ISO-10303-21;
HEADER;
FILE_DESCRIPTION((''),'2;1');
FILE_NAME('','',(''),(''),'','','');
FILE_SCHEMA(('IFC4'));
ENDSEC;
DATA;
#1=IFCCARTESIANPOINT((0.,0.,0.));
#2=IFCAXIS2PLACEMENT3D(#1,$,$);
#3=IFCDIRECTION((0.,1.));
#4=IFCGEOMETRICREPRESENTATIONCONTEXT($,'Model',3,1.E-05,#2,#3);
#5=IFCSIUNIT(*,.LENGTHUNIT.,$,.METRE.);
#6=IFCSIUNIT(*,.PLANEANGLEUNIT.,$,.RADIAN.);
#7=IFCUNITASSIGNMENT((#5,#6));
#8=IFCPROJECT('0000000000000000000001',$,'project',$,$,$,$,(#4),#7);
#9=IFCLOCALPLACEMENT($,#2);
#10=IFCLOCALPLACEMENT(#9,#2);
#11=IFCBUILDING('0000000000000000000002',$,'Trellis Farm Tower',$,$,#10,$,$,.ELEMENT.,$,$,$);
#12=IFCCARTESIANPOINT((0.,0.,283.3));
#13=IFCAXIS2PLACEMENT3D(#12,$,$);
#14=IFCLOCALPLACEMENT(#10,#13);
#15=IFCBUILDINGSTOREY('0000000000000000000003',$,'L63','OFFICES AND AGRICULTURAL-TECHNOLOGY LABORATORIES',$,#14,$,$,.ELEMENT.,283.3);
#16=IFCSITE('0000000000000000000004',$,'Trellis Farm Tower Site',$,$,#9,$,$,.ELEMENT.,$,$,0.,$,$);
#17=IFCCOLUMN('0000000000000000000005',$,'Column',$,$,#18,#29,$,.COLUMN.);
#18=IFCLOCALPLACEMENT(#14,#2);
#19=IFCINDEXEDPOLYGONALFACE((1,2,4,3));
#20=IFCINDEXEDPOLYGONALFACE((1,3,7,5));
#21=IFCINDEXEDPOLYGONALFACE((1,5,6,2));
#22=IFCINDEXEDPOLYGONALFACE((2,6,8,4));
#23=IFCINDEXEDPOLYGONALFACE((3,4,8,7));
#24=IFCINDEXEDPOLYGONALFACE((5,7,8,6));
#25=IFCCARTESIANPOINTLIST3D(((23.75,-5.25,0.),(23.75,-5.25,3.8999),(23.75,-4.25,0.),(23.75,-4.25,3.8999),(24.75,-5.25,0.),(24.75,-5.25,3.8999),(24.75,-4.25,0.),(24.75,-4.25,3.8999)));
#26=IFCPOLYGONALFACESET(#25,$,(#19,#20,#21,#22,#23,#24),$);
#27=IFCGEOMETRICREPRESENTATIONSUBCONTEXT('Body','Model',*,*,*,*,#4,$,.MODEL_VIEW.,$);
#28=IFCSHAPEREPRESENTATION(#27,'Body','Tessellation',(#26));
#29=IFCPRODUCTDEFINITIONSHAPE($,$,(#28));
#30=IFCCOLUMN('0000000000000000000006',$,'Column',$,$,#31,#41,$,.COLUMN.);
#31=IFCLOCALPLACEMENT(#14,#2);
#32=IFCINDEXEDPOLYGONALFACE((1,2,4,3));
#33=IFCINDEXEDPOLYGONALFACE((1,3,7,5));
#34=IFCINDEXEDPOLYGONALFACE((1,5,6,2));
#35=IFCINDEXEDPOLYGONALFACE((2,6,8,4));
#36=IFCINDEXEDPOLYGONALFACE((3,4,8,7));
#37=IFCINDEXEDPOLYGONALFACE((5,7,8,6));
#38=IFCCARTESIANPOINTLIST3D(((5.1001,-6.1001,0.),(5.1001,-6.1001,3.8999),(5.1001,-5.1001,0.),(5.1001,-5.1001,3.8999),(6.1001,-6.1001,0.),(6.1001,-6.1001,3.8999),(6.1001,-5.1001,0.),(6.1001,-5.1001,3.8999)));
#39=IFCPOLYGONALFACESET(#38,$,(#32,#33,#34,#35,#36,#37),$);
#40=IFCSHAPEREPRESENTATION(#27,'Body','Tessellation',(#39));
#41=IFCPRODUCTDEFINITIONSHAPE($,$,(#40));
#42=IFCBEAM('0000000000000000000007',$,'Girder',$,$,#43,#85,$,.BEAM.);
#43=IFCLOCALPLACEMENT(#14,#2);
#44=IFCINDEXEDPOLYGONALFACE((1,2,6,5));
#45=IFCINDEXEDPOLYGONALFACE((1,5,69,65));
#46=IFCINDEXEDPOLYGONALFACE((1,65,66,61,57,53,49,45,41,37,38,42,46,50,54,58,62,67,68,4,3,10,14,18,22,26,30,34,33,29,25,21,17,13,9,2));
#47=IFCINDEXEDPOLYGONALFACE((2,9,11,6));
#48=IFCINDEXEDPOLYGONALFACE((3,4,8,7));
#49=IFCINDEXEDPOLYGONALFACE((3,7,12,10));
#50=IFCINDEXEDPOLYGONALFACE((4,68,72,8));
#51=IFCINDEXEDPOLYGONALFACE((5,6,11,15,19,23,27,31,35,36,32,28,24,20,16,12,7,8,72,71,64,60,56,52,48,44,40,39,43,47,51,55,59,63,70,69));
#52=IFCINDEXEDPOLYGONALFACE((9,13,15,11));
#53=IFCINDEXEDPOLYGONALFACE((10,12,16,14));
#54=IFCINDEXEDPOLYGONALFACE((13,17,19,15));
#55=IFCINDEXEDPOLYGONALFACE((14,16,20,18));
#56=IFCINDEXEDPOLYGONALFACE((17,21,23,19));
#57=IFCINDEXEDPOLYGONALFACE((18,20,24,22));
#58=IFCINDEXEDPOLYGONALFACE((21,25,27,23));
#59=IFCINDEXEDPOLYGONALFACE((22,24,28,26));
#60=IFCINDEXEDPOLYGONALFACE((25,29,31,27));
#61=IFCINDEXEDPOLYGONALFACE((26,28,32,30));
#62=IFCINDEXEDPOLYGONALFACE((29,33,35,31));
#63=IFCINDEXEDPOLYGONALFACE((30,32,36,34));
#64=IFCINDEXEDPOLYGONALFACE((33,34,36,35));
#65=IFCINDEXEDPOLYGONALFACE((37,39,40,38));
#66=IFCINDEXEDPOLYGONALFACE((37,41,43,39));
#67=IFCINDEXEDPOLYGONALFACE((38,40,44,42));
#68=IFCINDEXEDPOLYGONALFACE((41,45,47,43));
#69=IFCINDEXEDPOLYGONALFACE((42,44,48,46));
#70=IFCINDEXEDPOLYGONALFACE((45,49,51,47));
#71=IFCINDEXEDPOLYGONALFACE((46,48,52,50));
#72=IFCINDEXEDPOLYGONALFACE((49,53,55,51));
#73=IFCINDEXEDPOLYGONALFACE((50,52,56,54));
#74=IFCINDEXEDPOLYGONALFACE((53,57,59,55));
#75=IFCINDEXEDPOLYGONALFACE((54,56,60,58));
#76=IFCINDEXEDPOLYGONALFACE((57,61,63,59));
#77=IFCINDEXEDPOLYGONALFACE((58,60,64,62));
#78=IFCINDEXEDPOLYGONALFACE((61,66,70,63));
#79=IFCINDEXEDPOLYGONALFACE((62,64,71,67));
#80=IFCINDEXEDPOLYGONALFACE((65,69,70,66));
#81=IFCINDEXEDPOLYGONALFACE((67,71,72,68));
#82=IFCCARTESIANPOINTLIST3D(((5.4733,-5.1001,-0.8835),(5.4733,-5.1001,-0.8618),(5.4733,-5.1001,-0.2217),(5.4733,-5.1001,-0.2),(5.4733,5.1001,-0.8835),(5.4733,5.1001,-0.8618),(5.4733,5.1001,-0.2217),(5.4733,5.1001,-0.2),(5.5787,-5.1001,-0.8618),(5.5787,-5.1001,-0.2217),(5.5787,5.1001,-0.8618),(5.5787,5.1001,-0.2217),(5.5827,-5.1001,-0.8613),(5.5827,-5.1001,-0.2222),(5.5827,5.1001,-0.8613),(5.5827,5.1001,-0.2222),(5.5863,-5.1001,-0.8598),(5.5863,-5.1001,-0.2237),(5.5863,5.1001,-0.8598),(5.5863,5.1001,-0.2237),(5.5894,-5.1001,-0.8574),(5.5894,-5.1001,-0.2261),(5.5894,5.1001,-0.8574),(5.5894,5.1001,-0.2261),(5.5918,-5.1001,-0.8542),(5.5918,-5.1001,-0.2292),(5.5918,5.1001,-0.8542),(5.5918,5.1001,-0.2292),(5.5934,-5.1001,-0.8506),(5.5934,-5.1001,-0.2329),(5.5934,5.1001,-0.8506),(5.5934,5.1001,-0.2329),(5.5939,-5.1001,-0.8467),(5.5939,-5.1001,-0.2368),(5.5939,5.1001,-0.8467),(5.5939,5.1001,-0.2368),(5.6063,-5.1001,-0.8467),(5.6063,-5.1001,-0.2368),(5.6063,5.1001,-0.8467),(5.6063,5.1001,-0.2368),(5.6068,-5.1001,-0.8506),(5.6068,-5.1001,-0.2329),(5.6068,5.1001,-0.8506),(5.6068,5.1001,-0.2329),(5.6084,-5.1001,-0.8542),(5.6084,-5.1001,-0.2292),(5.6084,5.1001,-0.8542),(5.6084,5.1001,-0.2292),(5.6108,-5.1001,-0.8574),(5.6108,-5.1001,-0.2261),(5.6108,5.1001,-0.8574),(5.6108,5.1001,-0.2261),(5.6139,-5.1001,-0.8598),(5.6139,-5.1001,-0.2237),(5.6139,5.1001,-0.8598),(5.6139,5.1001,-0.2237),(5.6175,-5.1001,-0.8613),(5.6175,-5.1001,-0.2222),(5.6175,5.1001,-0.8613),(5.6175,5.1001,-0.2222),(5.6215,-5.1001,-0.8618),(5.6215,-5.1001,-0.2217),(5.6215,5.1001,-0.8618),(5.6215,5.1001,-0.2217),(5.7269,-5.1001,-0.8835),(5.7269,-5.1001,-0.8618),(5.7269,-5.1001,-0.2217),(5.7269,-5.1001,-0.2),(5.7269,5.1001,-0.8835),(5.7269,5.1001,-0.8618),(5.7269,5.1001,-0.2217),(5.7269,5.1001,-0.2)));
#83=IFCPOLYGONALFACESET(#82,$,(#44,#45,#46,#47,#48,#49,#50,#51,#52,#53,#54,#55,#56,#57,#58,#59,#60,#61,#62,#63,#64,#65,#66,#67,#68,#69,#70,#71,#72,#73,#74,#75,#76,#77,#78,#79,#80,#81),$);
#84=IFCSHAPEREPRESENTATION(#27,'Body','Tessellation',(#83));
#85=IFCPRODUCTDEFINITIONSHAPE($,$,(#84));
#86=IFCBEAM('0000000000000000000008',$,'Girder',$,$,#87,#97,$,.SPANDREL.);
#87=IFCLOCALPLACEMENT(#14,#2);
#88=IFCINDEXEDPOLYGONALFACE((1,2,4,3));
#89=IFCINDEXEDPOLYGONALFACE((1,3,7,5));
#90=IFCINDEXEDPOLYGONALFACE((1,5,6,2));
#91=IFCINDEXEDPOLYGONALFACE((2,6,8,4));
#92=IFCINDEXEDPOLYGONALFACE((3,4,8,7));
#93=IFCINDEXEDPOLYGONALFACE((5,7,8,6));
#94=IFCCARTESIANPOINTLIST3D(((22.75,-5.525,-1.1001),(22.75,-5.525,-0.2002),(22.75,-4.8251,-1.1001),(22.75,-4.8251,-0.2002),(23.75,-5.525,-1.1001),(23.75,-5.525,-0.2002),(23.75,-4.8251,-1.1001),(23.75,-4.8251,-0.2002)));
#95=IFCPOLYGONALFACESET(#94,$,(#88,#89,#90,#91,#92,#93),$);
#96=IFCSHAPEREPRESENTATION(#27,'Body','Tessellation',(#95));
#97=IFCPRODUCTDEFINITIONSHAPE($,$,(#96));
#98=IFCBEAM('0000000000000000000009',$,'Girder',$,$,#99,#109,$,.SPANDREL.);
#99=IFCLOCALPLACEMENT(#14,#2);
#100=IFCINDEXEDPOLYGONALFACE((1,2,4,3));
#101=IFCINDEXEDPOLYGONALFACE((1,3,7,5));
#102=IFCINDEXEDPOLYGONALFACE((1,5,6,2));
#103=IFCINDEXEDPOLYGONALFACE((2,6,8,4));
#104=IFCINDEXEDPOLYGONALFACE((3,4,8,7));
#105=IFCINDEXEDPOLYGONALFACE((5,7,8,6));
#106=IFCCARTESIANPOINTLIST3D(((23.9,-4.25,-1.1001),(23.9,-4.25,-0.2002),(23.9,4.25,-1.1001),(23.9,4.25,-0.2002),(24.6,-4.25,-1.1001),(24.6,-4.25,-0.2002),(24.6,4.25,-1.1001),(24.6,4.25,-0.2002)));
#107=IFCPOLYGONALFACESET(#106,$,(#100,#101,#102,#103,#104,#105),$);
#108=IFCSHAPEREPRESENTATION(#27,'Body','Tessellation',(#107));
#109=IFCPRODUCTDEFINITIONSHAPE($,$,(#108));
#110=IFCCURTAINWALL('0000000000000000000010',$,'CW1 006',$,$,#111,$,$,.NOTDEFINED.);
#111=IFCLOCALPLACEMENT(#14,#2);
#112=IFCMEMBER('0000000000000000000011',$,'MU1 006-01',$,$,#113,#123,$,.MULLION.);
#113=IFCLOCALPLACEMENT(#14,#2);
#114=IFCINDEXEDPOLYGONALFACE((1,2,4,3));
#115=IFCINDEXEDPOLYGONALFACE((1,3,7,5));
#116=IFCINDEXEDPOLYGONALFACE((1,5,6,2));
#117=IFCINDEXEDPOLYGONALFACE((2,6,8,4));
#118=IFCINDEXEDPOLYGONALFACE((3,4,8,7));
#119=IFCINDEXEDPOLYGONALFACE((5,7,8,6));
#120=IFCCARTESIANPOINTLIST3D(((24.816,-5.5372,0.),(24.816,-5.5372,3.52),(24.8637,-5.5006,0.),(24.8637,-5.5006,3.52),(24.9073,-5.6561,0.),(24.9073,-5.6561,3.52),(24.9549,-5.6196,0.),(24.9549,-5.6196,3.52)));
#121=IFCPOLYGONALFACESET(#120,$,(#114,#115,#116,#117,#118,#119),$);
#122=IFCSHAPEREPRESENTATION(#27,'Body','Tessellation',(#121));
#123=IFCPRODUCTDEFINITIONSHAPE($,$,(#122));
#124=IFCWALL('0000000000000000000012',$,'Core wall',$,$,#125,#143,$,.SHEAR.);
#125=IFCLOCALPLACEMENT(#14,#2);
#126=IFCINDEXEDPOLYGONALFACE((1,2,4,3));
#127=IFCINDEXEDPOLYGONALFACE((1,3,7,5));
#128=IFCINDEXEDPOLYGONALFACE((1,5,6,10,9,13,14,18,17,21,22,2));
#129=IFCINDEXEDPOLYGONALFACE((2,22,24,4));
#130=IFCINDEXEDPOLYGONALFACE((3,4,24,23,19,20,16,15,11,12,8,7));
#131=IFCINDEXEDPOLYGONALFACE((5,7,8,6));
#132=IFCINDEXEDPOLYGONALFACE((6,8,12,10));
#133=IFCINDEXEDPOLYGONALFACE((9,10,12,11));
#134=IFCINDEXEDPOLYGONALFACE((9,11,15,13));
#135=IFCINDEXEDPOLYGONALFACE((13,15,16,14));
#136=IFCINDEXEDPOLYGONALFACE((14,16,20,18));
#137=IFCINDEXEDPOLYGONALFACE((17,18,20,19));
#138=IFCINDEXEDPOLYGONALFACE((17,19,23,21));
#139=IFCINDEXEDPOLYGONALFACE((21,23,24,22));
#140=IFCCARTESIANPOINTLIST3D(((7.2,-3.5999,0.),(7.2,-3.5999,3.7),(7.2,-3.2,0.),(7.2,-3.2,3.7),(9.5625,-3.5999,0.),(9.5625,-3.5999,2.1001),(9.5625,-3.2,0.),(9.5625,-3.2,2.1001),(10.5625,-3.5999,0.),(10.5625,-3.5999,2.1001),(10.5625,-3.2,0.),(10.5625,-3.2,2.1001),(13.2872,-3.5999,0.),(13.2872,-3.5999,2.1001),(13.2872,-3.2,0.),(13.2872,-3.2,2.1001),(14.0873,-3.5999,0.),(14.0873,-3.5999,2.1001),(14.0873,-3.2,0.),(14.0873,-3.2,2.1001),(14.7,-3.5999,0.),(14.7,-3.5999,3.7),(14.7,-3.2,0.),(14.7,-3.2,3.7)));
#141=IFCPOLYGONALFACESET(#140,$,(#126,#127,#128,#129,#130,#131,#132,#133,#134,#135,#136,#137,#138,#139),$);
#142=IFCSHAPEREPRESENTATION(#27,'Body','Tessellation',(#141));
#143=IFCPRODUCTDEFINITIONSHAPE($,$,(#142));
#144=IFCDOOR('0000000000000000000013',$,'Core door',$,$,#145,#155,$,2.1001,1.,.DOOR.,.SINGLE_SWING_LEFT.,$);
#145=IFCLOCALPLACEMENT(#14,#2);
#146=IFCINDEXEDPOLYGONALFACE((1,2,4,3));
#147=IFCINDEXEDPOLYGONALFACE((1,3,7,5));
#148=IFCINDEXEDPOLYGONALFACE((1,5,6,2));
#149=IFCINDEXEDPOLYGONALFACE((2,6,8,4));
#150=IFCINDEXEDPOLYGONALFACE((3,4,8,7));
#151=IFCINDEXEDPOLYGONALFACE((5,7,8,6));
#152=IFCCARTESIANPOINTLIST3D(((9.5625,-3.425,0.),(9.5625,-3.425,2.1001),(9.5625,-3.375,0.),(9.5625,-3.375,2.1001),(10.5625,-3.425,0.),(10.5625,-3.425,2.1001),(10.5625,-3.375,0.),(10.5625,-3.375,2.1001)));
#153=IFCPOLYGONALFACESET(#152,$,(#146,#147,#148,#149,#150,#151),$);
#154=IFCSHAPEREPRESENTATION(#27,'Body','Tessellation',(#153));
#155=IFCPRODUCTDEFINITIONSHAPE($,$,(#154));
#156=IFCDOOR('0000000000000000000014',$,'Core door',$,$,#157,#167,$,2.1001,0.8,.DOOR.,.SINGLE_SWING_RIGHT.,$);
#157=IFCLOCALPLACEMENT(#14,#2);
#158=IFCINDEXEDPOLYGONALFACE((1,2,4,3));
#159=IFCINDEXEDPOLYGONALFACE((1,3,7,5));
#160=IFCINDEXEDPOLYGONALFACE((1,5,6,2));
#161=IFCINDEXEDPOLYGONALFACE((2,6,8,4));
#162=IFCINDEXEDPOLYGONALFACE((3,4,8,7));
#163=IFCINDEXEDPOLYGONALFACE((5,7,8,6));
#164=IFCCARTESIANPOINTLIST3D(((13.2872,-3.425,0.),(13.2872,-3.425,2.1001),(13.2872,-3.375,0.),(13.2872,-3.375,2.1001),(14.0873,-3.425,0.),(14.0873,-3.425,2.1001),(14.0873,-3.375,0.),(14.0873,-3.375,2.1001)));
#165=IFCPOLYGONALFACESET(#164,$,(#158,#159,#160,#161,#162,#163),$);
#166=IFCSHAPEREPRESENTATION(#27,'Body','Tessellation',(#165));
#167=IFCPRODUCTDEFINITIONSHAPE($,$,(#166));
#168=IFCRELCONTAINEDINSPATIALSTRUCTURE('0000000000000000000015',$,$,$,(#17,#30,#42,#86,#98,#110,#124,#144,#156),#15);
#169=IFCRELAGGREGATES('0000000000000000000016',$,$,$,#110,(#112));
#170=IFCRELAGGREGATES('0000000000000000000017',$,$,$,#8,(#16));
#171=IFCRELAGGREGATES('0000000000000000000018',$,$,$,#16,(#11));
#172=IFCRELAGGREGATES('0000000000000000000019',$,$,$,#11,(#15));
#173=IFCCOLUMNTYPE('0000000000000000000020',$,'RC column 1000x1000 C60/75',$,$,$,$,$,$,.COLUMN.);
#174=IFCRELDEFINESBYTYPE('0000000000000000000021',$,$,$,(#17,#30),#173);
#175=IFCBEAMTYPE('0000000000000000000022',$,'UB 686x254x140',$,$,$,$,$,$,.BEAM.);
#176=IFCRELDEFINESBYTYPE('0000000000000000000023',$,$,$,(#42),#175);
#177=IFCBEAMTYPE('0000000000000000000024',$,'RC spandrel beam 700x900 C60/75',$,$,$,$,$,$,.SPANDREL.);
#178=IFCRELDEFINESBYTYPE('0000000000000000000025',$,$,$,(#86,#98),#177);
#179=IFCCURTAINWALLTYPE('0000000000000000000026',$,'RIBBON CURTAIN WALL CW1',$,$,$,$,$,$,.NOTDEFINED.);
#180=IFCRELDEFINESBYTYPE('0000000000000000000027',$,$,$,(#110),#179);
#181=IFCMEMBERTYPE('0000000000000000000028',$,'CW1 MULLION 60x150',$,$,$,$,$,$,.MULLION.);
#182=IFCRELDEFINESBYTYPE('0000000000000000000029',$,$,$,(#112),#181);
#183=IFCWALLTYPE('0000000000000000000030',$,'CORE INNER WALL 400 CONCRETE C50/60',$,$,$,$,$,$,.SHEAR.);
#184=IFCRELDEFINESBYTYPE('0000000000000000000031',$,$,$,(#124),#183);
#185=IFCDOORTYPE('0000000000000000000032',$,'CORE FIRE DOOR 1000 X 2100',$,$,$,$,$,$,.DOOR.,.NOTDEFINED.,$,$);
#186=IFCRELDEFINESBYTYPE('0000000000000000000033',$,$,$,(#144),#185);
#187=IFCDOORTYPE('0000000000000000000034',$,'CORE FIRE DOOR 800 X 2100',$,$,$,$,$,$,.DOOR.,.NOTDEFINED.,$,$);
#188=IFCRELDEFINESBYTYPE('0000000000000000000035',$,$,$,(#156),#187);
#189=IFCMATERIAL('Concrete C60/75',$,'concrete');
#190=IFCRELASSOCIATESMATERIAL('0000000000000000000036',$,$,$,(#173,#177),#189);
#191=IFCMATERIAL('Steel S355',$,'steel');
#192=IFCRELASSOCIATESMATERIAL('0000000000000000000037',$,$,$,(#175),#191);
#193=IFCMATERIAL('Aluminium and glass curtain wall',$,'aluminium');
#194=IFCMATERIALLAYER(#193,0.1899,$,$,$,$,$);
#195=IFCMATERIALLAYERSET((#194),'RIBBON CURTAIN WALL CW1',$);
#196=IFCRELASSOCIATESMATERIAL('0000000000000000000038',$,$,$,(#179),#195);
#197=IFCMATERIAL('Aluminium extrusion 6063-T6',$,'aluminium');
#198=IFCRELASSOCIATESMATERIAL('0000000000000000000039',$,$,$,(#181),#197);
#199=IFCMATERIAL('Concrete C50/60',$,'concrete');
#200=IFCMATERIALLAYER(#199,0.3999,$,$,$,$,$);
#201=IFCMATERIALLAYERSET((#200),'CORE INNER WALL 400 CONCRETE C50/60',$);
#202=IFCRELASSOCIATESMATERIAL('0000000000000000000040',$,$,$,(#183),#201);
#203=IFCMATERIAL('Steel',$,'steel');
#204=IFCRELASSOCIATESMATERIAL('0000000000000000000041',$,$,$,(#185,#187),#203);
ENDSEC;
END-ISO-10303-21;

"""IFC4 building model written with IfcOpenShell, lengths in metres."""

from ifc_helpers import new_model, si_unit, direction, frame, frame_2d, origin, origin_2d, place, context, subcontext, project, spatial, rectangle, i_section, extrude, source, transform, mapped, material, layer, layer_set, material_profile, profile_set, type_object, element, fill, aggregate, save


model = new_model("IFC4")

# Units and contexts
model_context = context("Model", 3, precision=1e-05, world=origin(), true_north=direction((0.0, 1.0)))
body_context = subcontext(model_context, "Body", "Model", "MODEL_VIEW")
ifc_project = project(units=[si_unit("LENGTHUNIT", "METRE"), si_unit("PLANEANGLEUNIT", "RADIAN")], contexts=[model_context])

# Site, building, storey
site_placement = place(None, origin())
site = spatial("IfcSite", under=ifc_project, at=site_placement, Name="Trellis Farm Tower Site", CompositionType="ELEMENT", RefElevation=0.0)
building_placement = place(site_placement, origin())
building = spatial("IfcBuilding", under=site, at=building_placement, Name="Trellis Farm Tower", CompositionType="ELEMENT")
storey_placement = place(building_placement, frame((0.0, 0.0, 283.3)))
storey = spatial("IfcBuildingStorey", under=building, at=storey_placement, Name="L63", Description="OFFICES AND AGRICULTURAL-TECHNOLOGY LABORATORIES", CompositionType="ELEMENT", Elevation=283.3)

# Columns
ifc_material_1 = material(Name="Concrete C60/75", Category="concrete")
ifc_material_profile_1 = material_profile(ifc_material_1, rectangle(XDim=1.0, YDim=1.0, at=origin_2d()), Name="RC column 1000x1000 C60/75")
ifc_profile_set_1 = profile_set([ifc_material_profile_1], Name="Concrete C60/75")
column_type = type_object("IfcColumnType", Name="RC column 1000x1000 C60/75", PredefinedType="COLUMN", material=ifc_profile_set_1)
shared_shape_1 = source(origin(), body_context, "Body", "SweptSolid", [
    extrude(rectangle(XDim=1.0, YDim=1.0, at=origin_2d()), origin(), (0.0, 0.0, 1.0), 3.8999),
])
for number, where, z_axis, x_axis, name in (
    (1, (24.25, -4.75, 0.0), (0.0, 0.0, 1.0), (1.0, 0.0, 0.0), "Column"),
    (2, (5.6001, -5.6001, 0.0), (0.0, 0.0, 1.0), (1.0, 0.0, 0.0), "Column"),
):
    element("IfcColumn", number, at=place(storey_placement, frame(where, z_axis=z_axis, x_axis=x_axis)), inside=storey, type_object=column_type, Name=name, PredefinedType="COLUMN", context=body_context, shape_type="MappedRepresentation", body=[
        mapped(shared_shape_1, transform((0.0, 0.0, 0.0))),
    ])

# Beams
ifc_material_2 = material(Name="Steel S355", Category="steel")
ifc_material_profile_2 = material_profile(ifc_material_2, i_section(OverallWidth=0.2537, OverallDepth=0.6836, WebThickness=0.0125, FlangeThickness=0.0217, FilletRadius=0.0151, at=origin_2d()), Name="UB 686x254x140")
ifc_profile_set_2 = profile_set([ifc_material_profile_2], Name="Steel S355")
beam_type_1 = type_object("IfcBeamType", Name="UB 686x254x140", PredefinedType="BEAM", material=ifc_profile_set_2)
shared_shape_2 = source(origin(), body_context, "Body", "SweptSolid", [
    extrude(i_section(OverallWidth=0.2537, OverallDepth=0.6836, WebThickness=0.0125, FlangeThickness=0.0217, FilletRadius=0.0151, at=origin_2d()), origin(), (0.0, 0.0, 1.0), 10.2002),
])
beam_1_placement = place(storey_placement, frame((5.6001, -5.1001, -0.5417), z_axis=(0.0, 1.0, 0.0), x_axis=(-1.0, 0.0, 0.0)))
element("IfcBeam", 3, at=beam_1_placement, inside=storey, type_object=beam_type_1, Name="Girder", PredefinedType="BEAM", context=body_context, shape_type="MappedRepresentation", body=[
    mapped(shared_shape_2, transform((0.0, 0.0, 0.0))),
])
ifc_material_profile_3 = material_profile(ifc_material_1, rectangle(XDim=0.7, YDim=0.8999, at=origin_2d()), Name="RC spandrel beam 700x900 C60/75")
ifc_profile_set_3 = profile_set([ifc_material_profile_3], Name="Concrete C60/75")
beam_type_2 = type_object("IfcBeamType", Name="RC spandrel beam 700x900 C60/75", PredefinedType="SPANDREL", material=ifc_profile_set_3)
shared_shape_3 = source(origin(), body_context, "Body", "SweptSolid", [
    extrude(rectangle(XDim=0.7, YDim=0.8999, at=origin_2d()), origin(), (0.0, 0.0, 1.0), 1.0),
])
beam_2_placement = place(storey_placement, frame((22.75, -5.175, -0.6501), z_axis=(1.0, 0.0, 0.0), x_axis=(0.0, 1.0, 0.0)))
element("IfcBeam", 4, at=beam_2_placement, inside=storey, type_object=beam_type_2, Name="Girder", PredefinedType="SPANDREL", context=body_context, shape_type="MappedRepresentation", body=[
    mapped(shared_shape_3, transform((0.0, 0.0, 0.0))),
])
shared_shape_4 = source(origin(), body_context, "Body", "SweptSolid", [
    extrude(rectangle(XDim=0.7, YDim=0.8999, at=origin_2d()), origin(), (0.0, 0.0, 1.0), 8.5),
])
beam_3_placement = place(storey_placement, frame((24.25, -4.25, -0.6501), z_axis=(0.0, 1.0, 0.0), x_axis=(-1.0, 0.0, 0.0)))
element("IfcBeam", 5, at=beam_3_placement, inside=storey, type_object=beam_type_2, Name="Girder", PredefinedType="SPANDREL", context=body_context, shape_type="MappedRepresentation", body=[
    mapped(shared_shape_4, transform((0.0, 0.0, 0.0))),
])

# Curtain wall, member
ifc_material_3 = material(Name="Aluminium and glass curtain wall", Category="aluminium")
ifc_layer_1 = layer(ifc_material_3, 0.1899)
ifc_layer_set_1 = layer_set([ifc_layer_1], Name="RIBBON CURTAIN WALL CW1")
curtain_wall_type = type_object("IfcCurtainWallType", Name="RIBBON CURTAIN WALL CW1", PredefinedType="NOTDEFINED", material=ifc_layer_set_1)
placement = place(storey_placement, origin())
curtain_wall = element("IfcCurtainWall", 6, at=placement, inside=storey, type_object=curtain_wall_type, Name="CW1 006", PredefinedType="NOTDEFINED")
ifc_material_4 = material(Name="Aluminium extrusion 6063-T6", Category="aluminium")
ifc_material_profile_4 = material_profile(ifc_material_4, rectangle(XDim=0.0601, YDim=0.1499, at=origin_2d()), Name="MULLION 60x150")
ifc_profile_set_4 = profile_set([ifc_material_profile_4], Name="Aluminium extrusion 6063-T6")
member_type = type_object("IfcMemberType", Name="CW1 MULLION 60x150", PredefinedType="MULLION", material=ifc_profile_set_4)
shared_shape_5 = source(origin(), body_context, "Body", "SweptSolid", [
    extrude(rectangle(XDim=0.0601, YDim=0.1499, at=origin_2d()), origin(), (0.0, 0.0, 1.0), 3.52),
])
member_placement = place(storey_placement, frame((24.8855, -5.5784, 0.0), z_axis=(0.0, 0.0, 1.0), x_axis=(0.793353, 0.608761, 0.0)))
member = element("IfcMember", 7, at=member_placement, type_object=member_type, Name="MU1 006-01", PredefinedType="MULLION", context=body_context, shape_type="MappedRepresentation", body=[
    mapped(shared_shape_5, transform((0.0, 0.0, 0.0))),
])
aggregate(curtain_wall, [member])

# Wall, openings, doors
ifc_material_5 = material(Name="Concrete C50/60", Category="concrete")
ifc_layer_2 = layer(ifc_material_5, 0.3999)
ifc_layer_set_2 = layer_set([ifc_layer_2], Name="CORE INNER WALL 400 CONCRETE C50/60")
wall_type_1 = type_object("IfcWallType", Name="CORE INNER WALL 400 CONCRETE C50/60", PredefinedType="SHEAR", material=ifc_layer_set_2)
shared_shape_6 = source(origin(), body_context, "Body", "SweptSolid", [
    extrude(rectangle(XDim=7.5, YDim=0.3999, at=frame_2d((3.75, 0.0))), origin(), (0.0, 0.0, 1.0), 3.7),
])
wall_1_placement = place(storey_placement, frame((7.2, -3.3999, 0.0), z_axis=(0.0, 0.0, 1.0), x_axis=(1.0, 0.0, 0.0)))
wall_1 = element("IfcWall", 8, at=wall_1_placement, inside=storey, type_object=wall_type_1, Name="Core wall", PredefinedType="SHEAR", context=body_context, shape_type="MappedRepresentation", body=[
    mapped(shared_shape_6, transform((0.0, 0.0, 0.0))),
])
shared_shape_7 = source(origin(), body_context, "Body", "SweptSolid", [
    extrude(rectangle(XDim=1.0, YDim=2.1001, at=frame_2d((0.5, 1.05))), frame((0.0, 0.21, 0.0), z_axis=(0.0, -1.0, 0.0), x_axis=(1.0, 0.0, 0.0)), (0.0, 0.0, 1.0), 0.4199),
])
opening_1_placement = place(wall_1_placement, frame((2.3625, 0.0, 0.0)))
opening_1 = element("IfcOpeningElement", 9, at=opening_1_placement, cuts=wall_1, PredefinedType="OPENING", context=body_context, shape_type="MappedRepresentation", body=[
    mapped(shared_shape_7, transform((0.0, 0.0, 0.0))),
])
shared_shape_8 = source(origin(), body_context, "Body", "SweptSolid", [
    extrude(rectangle(XDim=0.8, YDim=2.1001, at=frame_2d((0.3999, 1.05))), frame((0.0, 0.21, 0.0), z_axis=(0.0, -1.0, 0.0), x_axis=(1.0, 0.0, 0.0)), (0.0, 0.0, 1.0), 0.4199),
])
opening_2_placement = place(wall_1_placement, frame((6.0874, 0.0, 0.0)))
opening_2 = element("IfcOpeningElement", 10, at=opening_2_placement, cuts=wall_1, PredefinedType="OPENING", context=body_context, shape_type="MappedRepresentation", body=[
    mapped(shared_shape_8, transform((0.0, 0.0, 0.0))),
])
ifc_material_6 = material(Name="Steel", Category="steel")
door_type_1 = type_object("IfcDoorType", Name="CORE FIRE DOOR 1000 X 2100", OperationType="NOTDEFINED", PredefinedType="DOOR", material=ifc_material_6)
shared_shape_9 = source(origin(), body_context, "Body", "SweptSolid", [
    extrude(rectangle(XDim=1.0, YDim=2.1001, at=frame_2d((0.5, 1.05))), frame((0.0, 0.0249, 0.0), z_axis=(0.0, -1.0, 0.0), x_axis=(1.0, 0.0, 0.0)), (0.0, 0.0, 1.0), 0.05),
])
door_1_placement = place(opening_1_placement, origin())
door_1 = element("IfcDoor", 11, at=door_1_placement, inside=storey, type_object=door_type_1, Name="Core door", OperationType="SINGLE_SWING_LEFT", OverallHeight=2.1001, OverallWidth=1.0, PredefinedType="DOOR", context=body_context, shape_type="MappedRepresentation", body=[
    mapped(shared_shape_9, transform((0.0, 0.0, 0.0))),
])
fill(opening_1, door_1)
door_type_2 = type_object("IfcDoorType", Name="CORE FIRE DOOR 800 X 2100", OperationType="NOTDEFINED", PredefinedType="DOOR", material=ifc_material_6)
shared_shape_10 = source(origin(), body_context, "Body", "SweptSolid", [
    extrude(rectangle(XDim=0.8, YDim=2.1001, at=frame_2d((0.3999, 1.05))), frame((0.0, 0.0249, 0.0), z_axis=(0.0, -1.0, 0.0), x_axis=(1.0, 0.0, 0.0)), (0.0, 0.0, 1.0), 0.05),
])
door_2_placement = place(opening_2_placement, origin())
door_2 = element("IfcDoor", 12, at=door_2_placement, inside=storey, type_object=door_type_2, Name="Core door", OperationType="SINGLE_SWING_RIGHT", OverallHeight=2.1001, OverallWidth=0.8, PredefinedType="DOOR", context=body_context, shape_type="MappedRepresentation", body=[
    mapped(shared_shape_10, transform((0.0, 0.0, 0.0))),
])
fill(opening_2, door_2)

save(model, "model.ifc")
